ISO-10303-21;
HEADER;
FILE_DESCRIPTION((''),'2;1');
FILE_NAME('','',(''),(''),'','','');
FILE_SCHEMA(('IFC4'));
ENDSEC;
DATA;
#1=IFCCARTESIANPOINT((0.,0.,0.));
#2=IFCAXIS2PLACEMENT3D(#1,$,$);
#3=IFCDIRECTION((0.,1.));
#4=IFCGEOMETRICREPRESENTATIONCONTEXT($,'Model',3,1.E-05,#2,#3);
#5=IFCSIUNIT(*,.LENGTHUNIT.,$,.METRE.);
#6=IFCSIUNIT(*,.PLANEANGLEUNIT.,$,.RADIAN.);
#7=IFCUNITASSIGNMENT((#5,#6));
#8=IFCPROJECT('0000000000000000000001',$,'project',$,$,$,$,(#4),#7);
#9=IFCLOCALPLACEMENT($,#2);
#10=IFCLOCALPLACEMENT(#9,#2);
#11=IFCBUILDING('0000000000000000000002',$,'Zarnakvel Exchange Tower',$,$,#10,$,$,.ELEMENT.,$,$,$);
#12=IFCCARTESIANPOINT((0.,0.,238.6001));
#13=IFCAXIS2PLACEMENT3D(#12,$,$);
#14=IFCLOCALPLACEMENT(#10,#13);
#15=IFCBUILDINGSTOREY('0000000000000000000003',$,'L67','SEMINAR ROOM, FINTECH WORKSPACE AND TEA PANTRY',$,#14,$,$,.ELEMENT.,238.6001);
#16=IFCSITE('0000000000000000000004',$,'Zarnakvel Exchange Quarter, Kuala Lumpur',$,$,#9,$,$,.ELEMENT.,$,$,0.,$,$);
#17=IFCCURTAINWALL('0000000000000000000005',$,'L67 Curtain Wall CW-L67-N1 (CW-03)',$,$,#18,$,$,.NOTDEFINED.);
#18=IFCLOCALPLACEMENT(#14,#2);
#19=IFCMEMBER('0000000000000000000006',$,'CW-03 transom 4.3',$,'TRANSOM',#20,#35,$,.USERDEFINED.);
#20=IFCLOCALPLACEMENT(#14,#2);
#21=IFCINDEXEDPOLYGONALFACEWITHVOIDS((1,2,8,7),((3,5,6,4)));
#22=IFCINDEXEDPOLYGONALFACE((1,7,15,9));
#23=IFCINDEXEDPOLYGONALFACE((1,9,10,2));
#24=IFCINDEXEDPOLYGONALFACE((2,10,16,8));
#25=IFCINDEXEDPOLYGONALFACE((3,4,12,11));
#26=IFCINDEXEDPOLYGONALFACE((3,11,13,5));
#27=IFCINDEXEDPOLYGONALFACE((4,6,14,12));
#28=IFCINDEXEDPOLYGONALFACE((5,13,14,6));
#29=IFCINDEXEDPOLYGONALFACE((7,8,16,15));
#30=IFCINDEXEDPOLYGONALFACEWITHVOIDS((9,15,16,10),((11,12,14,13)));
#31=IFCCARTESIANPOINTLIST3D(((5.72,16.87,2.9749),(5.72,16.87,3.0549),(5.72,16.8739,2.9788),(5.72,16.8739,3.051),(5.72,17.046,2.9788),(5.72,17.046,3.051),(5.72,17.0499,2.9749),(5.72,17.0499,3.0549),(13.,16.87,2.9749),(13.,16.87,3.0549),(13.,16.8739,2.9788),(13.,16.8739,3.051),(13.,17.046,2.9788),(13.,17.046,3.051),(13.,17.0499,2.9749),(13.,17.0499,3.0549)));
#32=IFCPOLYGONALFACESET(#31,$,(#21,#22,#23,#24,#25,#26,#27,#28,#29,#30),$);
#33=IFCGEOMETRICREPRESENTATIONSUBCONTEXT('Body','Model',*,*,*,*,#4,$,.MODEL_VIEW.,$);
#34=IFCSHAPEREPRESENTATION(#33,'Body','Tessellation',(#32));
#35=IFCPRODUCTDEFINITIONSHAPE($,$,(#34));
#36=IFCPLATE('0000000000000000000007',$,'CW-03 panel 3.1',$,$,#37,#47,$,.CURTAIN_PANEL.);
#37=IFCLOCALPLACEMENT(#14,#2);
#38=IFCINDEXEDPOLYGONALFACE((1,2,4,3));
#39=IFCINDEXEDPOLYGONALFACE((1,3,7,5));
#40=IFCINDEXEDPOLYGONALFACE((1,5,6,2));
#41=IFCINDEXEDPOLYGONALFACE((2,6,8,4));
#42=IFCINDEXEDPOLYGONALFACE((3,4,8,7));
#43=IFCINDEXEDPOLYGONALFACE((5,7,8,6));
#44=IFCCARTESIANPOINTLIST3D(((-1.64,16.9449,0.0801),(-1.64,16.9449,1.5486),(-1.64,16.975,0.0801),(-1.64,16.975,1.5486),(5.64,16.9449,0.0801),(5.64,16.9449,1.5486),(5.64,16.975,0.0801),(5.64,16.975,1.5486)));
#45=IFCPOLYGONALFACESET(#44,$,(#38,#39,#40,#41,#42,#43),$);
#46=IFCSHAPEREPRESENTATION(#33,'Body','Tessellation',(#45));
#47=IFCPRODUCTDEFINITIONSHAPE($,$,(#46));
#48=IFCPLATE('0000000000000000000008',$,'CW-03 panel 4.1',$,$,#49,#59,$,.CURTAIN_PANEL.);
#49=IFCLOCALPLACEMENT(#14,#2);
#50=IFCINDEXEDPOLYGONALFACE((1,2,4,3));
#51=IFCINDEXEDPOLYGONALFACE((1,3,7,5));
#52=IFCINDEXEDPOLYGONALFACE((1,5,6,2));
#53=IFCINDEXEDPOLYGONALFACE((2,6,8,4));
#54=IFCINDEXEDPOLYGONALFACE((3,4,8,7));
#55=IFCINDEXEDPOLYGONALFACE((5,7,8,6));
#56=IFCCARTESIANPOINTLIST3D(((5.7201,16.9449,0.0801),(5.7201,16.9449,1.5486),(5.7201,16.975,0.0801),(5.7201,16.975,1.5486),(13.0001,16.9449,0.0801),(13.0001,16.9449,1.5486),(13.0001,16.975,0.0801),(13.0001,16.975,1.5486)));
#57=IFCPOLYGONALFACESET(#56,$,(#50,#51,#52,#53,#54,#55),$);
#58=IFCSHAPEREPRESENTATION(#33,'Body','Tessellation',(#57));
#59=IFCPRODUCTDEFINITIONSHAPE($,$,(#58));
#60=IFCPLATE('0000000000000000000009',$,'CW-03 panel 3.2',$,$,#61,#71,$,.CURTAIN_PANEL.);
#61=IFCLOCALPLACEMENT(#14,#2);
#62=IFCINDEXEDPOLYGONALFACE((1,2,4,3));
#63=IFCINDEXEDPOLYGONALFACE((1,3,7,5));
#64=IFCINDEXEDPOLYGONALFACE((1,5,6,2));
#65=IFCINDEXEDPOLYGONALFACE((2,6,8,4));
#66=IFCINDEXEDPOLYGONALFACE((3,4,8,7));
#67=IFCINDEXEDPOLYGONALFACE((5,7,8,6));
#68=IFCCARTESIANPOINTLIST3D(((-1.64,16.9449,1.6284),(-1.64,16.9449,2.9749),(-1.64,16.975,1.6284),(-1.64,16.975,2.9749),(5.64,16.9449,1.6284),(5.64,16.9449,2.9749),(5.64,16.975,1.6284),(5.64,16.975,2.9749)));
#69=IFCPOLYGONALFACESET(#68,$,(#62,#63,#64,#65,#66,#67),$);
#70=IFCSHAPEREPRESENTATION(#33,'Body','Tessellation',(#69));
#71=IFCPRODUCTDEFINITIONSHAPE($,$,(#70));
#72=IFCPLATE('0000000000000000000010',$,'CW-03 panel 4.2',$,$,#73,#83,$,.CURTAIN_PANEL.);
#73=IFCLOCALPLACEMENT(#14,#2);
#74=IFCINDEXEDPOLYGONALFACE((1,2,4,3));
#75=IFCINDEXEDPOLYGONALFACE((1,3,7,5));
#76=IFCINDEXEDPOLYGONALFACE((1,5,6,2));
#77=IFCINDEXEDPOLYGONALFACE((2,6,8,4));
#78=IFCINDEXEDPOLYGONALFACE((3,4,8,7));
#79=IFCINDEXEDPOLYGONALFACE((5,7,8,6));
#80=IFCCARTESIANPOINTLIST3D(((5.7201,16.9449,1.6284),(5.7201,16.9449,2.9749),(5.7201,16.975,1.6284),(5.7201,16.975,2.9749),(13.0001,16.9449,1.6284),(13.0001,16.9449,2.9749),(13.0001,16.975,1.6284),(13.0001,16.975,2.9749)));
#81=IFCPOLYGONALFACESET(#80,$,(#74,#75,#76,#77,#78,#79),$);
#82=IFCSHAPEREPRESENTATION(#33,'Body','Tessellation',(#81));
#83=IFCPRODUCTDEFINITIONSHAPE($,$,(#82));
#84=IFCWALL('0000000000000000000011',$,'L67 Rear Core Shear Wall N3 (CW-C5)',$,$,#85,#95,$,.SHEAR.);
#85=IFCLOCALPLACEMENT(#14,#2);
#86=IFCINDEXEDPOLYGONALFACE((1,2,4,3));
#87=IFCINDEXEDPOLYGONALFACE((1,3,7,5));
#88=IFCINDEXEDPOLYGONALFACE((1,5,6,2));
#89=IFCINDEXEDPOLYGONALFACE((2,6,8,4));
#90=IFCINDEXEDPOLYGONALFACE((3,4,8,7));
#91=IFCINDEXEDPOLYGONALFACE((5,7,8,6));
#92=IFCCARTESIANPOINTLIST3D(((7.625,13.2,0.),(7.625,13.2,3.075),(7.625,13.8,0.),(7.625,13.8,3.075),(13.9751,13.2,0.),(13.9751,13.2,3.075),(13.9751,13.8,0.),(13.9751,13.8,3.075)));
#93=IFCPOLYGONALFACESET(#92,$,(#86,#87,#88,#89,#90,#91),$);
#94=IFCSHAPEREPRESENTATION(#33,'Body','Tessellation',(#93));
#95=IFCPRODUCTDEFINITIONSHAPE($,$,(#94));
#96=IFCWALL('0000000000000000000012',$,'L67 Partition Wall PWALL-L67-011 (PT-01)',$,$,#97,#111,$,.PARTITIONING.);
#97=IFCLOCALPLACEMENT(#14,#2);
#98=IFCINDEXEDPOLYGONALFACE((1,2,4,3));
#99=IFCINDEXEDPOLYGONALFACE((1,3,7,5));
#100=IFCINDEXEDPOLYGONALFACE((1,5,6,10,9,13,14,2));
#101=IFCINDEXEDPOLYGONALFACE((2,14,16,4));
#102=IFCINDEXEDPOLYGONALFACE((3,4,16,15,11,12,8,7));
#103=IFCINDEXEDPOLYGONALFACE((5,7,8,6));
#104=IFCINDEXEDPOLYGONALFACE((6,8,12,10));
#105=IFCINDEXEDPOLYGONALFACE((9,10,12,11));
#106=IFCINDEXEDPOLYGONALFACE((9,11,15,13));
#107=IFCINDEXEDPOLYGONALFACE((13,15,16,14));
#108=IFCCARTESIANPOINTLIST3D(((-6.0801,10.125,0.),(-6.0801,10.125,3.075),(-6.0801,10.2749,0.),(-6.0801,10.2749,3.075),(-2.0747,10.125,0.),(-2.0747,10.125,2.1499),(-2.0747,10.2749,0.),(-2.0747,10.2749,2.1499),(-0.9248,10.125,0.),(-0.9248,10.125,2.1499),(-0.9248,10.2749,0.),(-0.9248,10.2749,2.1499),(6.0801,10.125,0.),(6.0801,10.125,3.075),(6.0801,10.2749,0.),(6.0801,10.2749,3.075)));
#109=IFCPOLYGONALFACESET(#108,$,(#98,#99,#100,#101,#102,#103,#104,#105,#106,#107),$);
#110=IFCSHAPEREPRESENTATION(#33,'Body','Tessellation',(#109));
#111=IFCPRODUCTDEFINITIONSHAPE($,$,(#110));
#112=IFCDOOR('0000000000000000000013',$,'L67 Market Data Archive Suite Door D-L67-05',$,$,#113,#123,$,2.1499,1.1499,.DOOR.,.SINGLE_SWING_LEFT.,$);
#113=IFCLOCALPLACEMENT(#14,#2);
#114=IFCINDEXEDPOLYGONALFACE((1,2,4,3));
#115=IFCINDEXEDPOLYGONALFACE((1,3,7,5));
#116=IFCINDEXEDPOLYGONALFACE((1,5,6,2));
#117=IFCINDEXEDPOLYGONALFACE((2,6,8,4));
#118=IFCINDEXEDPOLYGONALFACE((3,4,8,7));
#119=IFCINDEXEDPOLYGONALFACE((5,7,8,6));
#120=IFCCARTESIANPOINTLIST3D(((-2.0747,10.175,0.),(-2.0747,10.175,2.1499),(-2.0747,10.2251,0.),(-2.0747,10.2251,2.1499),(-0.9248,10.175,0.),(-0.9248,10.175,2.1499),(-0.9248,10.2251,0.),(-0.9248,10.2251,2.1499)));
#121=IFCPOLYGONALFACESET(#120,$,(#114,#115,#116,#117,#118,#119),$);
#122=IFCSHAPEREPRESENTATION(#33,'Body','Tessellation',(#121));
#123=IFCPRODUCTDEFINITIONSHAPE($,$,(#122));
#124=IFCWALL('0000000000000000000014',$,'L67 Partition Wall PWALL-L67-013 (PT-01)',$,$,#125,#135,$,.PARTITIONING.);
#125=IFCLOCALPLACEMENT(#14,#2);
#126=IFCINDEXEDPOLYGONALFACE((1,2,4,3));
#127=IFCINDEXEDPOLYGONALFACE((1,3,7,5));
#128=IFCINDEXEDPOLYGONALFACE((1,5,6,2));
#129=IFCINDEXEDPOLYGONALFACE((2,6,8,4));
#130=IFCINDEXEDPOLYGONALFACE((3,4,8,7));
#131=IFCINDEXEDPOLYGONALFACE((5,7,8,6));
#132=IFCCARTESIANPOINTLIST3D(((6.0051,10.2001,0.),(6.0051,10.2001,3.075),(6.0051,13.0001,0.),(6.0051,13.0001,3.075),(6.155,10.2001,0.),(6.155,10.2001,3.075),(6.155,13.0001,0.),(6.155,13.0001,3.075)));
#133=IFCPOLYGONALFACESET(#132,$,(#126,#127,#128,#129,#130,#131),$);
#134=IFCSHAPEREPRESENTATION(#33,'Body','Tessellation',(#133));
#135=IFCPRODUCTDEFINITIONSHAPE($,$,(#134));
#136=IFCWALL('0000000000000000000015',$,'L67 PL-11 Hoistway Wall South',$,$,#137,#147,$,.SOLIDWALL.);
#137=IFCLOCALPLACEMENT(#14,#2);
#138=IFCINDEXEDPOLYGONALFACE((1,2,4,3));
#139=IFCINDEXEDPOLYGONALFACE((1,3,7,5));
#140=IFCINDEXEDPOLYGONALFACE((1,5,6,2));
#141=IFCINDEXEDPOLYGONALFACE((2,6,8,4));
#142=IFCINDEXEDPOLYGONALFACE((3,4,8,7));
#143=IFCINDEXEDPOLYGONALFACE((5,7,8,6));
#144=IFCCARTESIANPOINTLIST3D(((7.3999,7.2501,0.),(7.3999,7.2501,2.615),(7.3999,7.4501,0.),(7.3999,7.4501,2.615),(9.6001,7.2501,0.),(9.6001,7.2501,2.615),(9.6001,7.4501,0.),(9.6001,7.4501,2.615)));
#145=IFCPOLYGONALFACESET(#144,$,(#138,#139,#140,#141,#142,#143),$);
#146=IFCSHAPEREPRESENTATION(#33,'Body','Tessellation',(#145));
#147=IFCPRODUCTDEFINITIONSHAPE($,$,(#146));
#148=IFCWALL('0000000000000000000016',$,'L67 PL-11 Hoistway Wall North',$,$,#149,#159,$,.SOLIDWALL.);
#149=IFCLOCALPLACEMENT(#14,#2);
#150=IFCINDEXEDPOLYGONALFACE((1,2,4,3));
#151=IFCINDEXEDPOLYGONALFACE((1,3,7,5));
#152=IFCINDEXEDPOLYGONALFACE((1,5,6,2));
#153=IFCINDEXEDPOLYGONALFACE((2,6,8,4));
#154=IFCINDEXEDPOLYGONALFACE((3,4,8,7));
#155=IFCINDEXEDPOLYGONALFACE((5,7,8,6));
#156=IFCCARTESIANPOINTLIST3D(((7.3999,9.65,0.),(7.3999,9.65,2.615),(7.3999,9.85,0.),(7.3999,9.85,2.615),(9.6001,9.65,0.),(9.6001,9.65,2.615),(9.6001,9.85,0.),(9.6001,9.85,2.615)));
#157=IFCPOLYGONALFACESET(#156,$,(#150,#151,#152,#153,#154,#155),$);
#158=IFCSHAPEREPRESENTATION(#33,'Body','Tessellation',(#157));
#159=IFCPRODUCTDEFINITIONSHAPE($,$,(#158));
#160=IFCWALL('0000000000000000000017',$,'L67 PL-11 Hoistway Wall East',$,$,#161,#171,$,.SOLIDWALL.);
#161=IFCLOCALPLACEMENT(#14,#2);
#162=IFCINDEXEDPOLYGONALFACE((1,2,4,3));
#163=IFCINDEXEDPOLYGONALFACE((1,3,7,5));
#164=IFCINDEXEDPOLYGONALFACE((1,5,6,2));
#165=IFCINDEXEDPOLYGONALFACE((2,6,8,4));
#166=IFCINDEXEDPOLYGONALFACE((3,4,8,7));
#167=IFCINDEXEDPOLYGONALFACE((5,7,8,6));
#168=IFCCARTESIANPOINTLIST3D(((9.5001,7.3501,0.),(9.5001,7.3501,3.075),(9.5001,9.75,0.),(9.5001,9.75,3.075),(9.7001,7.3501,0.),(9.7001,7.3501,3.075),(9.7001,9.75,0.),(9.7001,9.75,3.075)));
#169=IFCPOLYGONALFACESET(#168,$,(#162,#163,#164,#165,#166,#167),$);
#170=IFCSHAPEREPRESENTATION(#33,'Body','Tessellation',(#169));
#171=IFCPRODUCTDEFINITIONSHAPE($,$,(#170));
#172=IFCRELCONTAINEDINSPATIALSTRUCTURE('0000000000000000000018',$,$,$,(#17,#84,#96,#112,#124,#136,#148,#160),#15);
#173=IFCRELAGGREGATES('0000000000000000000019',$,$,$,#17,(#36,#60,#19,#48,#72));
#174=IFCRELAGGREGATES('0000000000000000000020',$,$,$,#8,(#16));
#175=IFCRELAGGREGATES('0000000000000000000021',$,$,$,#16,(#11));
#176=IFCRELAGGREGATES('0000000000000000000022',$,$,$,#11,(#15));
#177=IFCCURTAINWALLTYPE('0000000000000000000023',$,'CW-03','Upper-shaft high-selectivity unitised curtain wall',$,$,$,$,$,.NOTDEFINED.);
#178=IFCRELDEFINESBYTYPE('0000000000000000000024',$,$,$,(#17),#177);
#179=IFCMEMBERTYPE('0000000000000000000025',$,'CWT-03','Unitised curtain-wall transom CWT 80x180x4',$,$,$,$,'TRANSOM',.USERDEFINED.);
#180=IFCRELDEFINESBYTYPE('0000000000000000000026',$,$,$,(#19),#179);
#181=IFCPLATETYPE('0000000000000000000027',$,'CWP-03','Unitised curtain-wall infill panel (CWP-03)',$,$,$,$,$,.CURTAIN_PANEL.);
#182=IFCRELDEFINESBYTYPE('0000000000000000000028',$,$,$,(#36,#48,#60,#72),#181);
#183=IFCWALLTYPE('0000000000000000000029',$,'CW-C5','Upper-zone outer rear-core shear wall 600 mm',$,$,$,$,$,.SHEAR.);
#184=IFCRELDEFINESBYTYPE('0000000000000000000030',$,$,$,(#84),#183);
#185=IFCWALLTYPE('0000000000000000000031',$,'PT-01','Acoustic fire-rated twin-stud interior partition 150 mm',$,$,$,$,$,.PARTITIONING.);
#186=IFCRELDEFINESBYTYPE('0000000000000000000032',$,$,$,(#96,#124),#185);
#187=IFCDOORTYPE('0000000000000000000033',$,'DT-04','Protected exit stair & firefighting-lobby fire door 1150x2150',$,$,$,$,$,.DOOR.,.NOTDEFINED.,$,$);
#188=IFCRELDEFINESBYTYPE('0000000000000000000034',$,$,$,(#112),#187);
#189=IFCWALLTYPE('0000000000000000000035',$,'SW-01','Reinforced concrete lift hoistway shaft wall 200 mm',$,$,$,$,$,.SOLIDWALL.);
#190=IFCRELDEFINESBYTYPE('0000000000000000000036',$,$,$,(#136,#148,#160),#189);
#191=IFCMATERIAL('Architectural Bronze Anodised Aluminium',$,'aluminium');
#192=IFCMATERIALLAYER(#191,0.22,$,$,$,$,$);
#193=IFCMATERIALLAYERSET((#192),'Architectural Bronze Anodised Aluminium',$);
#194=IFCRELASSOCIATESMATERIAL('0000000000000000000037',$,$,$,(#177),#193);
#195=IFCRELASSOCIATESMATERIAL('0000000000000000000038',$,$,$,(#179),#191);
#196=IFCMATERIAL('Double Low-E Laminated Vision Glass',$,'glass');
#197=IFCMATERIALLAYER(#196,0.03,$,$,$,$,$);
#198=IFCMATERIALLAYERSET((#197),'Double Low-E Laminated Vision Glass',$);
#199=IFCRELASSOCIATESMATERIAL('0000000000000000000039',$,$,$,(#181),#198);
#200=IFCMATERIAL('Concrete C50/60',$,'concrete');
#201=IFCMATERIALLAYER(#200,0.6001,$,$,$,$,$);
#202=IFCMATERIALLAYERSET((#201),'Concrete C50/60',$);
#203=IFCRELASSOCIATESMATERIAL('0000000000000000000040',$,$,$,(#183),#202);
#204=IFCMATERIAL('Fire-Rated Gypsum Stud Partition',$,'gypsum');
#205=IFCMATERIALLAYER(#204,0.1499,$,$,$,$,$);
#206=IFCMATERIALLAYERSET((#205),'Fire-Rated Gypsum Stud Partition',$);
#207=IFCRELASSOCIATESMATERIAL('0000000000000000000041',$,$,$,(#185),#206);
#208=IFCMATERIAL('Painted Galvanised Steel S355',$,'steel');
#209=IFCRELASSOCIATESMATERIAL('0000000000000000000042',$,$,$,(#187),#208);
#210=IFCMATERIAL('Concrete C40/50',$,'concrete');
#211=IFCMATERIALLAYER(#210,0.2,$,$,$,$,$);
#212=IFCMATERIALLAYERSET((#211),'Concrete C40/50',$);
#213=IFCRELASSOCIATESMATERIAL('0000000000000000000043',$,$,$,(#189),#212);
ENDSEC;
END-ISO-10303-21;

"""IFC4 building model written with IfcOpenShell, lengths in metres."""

from ifc_helpers import new_model, si_unit, direction, frame, frame_2d, origin, origin_2d, place, context, subcontext, project, spatial, rectangle, hollow_rectangle, extrude, source, transform, mapped, material, layer, layer_set, material_profile, profile_set, type_object, element, fill, aggregate, save


model = new_model("IFC4")

# Units and contexts
model_context = context("Model", 3, precision=1e-05, world=origin(), true_north=direction((0.0, 1.0)))
body_context = subcontext(model_context, "Body", "Model", "MODEL_VIEW")
ifc_project = project(units=[si_unit("LENGTHUNIT", "METRE"), si_unit("PLANEANGLEUNIT", "RADIAN")], contexts=[model_context])

# Site, building, storey
site_placement = place(None, origin())
site = spatial("IfcSite", under=ifc_project, at=site_placement, Name="Zarnakvel Exchange Quarter, Kuala Lumpur", CompositionType="ELEMENT", RefElevation=0.0)
building_placement = place(site_placement, origin())
building = spatial("IfcBuilding", under=site, at=building_placement, Name="Zarnakvel Exchange Tower", CompositionType="ELEMENT")
storey_placement = place(building_placement, frame((0.0, 0.0, 238.6001)))
storey = spatial("IfcBuildingStorey", under=building, at=storey_placement, Name="L67", Description="SEMINAR ROOM, FINTECH WORKSPACE AND TEA PANTRY", CompositionType="ELEMENT", Elevation=238.6001)

# Shared definitions
ifc_material_1 = material(Name="Concrete C50/60", Category="concrete")

# Curtain wall, member, plates
ifc_material_2 = material(Name="Architectural Bronze Anodised Aluminium", Category="aluminium")
ifc_layer_1 = layer(ifc_material_2, 0.22)
ifc_layer_set_1 = layer_set([ifc_layer_1], Name="Architectural Bronze Anodised Aluminium")
curtain_wall_type = type_object("IfcCurtainWallType", Name="CW-03", Description="Upper-shaft high-selectivity unitised curtain wall", PredefinedType="NOTDEFINED", material=ifc_layer_set_1)
curtain_wall_placement = place(storey_placement, origin())
curtain_wall = element("IfcCurtainWall", 1, at=curtain_wall_placement, inside=storey, type_object=curtain_wall_type, Name="L67 Curtain Wall CW-L67-N1 (CW-03)", PredefinedType="NOTDEFINED")
ifc_material_profile_1 = material_profile(ifc_material_2, hollow_rectangle(XDim=0.1799, YDim=0.0801, WallThickness=0.0039, at=origin_2d()))
ifc_profile_set_1 = profile_set([ifc_material_profile_1], Name="Architectural Bronze Anodised Aluminium")
member_type_1 = type_object("IfcMemberType", Name="CWT-03", Description="Unitised curtain-wall transom CWT 80x180x4", ElementType="TRANSOM", PredefinedType="USERDEFINED", material=ifc_profile_set_1)
shared_shape_1 = source(origin(), body_context, "Body", "SweptSolid", [
    extrude(hollow_rectangle(XDim=0.1799, YDim=0.0801, WallThickness=0.0039, at=origin_2d()), origin(), (0.0, 0.0, 1.0), 7.28),
])
member_1_placement = place(storey_placement, frame((5.72, 16.96, 3.0149), z_axis=(1.0, 0.0, 0.0), x_axis=(0.0, 1.0, 0.0)))
member_1 = element("IfcMember", 2, at=member_1_placement, type_object=member_type_1, Name="CW-03 transom 4.3", ObjectType="TRANSOM", PredefinedType="USERDEFINED", context=body_context, shape_type="MappedRepresentation", body=[
    mapped(shared_shape_1, transform((0.0, 0.0, 0.0), x_axis=(1.0, 0.0, 0.0), y_axis=(0.0, 1.0, 0.0), z_axis=(0.0, 0.0, 1.0), scale=1.0)),
])
ifc_material_3 = material(Name="Double Low-E Laminated Vision Glass", Category="glass")
ifc_layer_2 = layer(ifc_material_3, 0.03)
ifc_layer_set_2 = layer_set([ifc_layer_2], Name="Double Low-E Laminated Vision Glass")
plate_type = type_object("IfcPlateType", Name="CWP-03", Description="Unitised curtain-wall infill panel (CWP-03)", PredefinedType="CURTAIN_PANEL", material=ifc_layer_set_2)
shared_shape_2 = source(origin(), body_context, "Body", "SweptSolid", [
    extrude(rectangle(XDim=7.28, YDim=0.03, at=origin_2d()), origin(), (0.0, 0.0, 1.0), 1.4685),
])
plate_1_placement = place(storey_placement, frame((2.0, 16.96, 0.0801), z_axis=(0.0, 0.0, 1.0), x_axis=(1.0, 0.0, 0.0)))
plate_1 = element("IfcPlate", 3, at=plate_1_placement, type_object=plate_type, Name="CW-03 panel 3.1", PredefinedType="CURTAIN_PANEL", context=body_context, shape_type="MappedRepresentation", body=[
    mapped(shared_shape_2, transform((0.0, 0.0, 0.0), x_axis=(1.0, 0.0, 0.0), y_axis=(0.0, 1.0, 0.0), z_axis=(0.0, 0.0, 1.0), scale=1.0)),
])
plate_2_placement = place(storey_placement, frame((9.3601, 16.96, 0.0801), z_axis=(0.0, 0.0, 1.0), x_axis=(1.0, 0.0, 0.0)))
plate_2 = element("IfcPlate", 4, at=plate_2_placement, type_object=plate_type, Name="CW-03 panel 4.1", PredefinedType="CURTAIN_PANEL", context=body_context, shape_type="MappedRepresentation", body=[
    mapped(shared_shape_2, transform((0.0, 0.0, 0.0), x_axis=(1.0, 0.0, 0.0), y_axis=(0.0, 1.0, 0.0), z_axis=(0.0, 0.0, 1.0), scale=1.0)),
])
shared_shape_3 = source(origin(), body_context, "Body", "SweptSolid", [
    extrude(rectangle(XDim=7.28, YDim=0.03, at=origin_2d()), origin(), (0.0, 0.0, 1.0), 1.3464),
])
plate_3_placement = place(storey_placement, frame((2.0, 16.96, 1.6284), z_axis=(0.0, 0.0, 1.0), x_axis=(1.0, 0.0, 0.0)))
plate_3 = element("IfcPlate", 5, at=plate_3_placement, type_object=plate_type, Name="CW-03 panel 3.2", PredefinedType="CURTAIN_PANEL", context=body_context, shape_type="MappedRepresentation", body=[
    mapped(shared_shape_3, transform((0.0, 0.0, 0.0), x_axis=(1.0, 0.0, 0.0), y_axis=(0.0, 1.0, 0.0), z_axis=(0.0, 0.0, 1.0), scale=1.0)),
])
plate_4_placement = place(storey_placement, frame((9.3601, 16.96, 1.6284), z_axis=(0.0, 0.0, 1.0), x_axis=(1.0, 0.0, 0.0)))
plate_4 = element("IfcPlate", 6, at=plate_4_placement, type_object=plate_type, Name="CW-03 panel 4.2", PredefinedType="CURTAIN_PANEL", context=body_context, shape_type="MappedRepresentation", body=[
    mapped(shared_shape_3, transform((0.0, 0.0, 0.0), x_axis=(1.0, 0.0, 0.0), y_axis=(0.0, 1.0, 0.0), z_axis=(0.0, 0.0, 1.0), scale=1.0)),
])
aggregate(curtain_wall, [plate_1, plate_3, member_1, plate_2, plate_4])

# Wall
ifc_layer_3 = layer(ifc_material_1, 0.6001)
ifc_layer_set_3 = layer_set([ifc_layer_3], Name="Concrete C50/60")
wall_type_1 = type_object("IfcWallType", Name="CW-C5", Description="Upper-zone outer rear-core shear wall 600 mm", PredefinedType="SHEAR", material=ifc_layer_set_3)
wall_1_placement = place(storey_placement, frame((7.625, 13.5, 0.0), z_axis=(0.0, 0.0, 1.0), x_axis=(1.0, 0.0, 0.0)))
element("IfcWall", 7, at=wall_1_placement, inside=storey, type_object=wall_type_1, Name="L67 Rear Core Shear Wall N3 (CW-C5)", PredefinedType="SHEAR", context=body_context, shape_type="SweptSolid", body=[
    extrude(rectangle(XDim=6.3501, YDim=0.6001, at=frame_2d((3.175, 0.0))), origin(), (0.0, 0.0, 1.0), 3.075),
])

# Wall, opening, door
ifc_material_4 = material(Name="Fire-Rated Gypsum Stud Partition", Category="gypsum")
ifc_layer_4 = layer(ifc_material_4, 0.1499)
ifc_layer_set_4 = layer_set([ifc_layer_4], Name="Fire-Rated Gypsum Stud Partition")
wall_type_2 = type_object("IfcWallType", Name="PT-01", Description="Acoustic fire-rated twin-stud interior partition 150 mm", PredefinedType="PARTITIONING", material=ifc_layer_set_4)
wall_2_placement = place(storey_placement, frame((6.0801, 10.2, 0.0), z_axis=(0.0, 0.0, 1.0), x_axis=(-1.0, 0.0, 0.0)))
wall_2 = element("IfcWall", 8, at=wall_2_placement, inside=storey, type_object=wall_type_2, Name="L67 Partition Wall PWALL-L67-011 (PT-01)", PredefinedType="PARTITIONING", context=body_context, shape_type="SweptSolid", body=[
    extrude(rectangle(XDim=12.1602, YDim=0.1499, at=frame_2d((6.0801, 0.0))), origin(), (0.0, 0.0, 1.0), 3.075),
])
opening_1_placement = place(wall_2_placement, frame((7.0049, 0.0, 0.0)))
opening_1 = element("IfcOpeningElement", 9, at=opening_1_placement, cuts=wall_2, PredefinedType="OPENING", context=body_context, shape_type="SweptSolid", body=[
    extrude(rectangle(XDim=1.1499, YDim=2.1499, at=frame_2d((0.575, 1.075))), frame((0.0, 0.085, 0.0), z_axis=(0.0, -1.0, 0.0), x_axis=(1.0, 0.0, 0.0)), (0.0, 0.0, 1.0), 0.1699),
])
ifc_material_5 = material(Name="Painted Galvanised Steel S355", Category="steel")
door_type_1 = type_object("IfcDoorType", Name="DT-04", Description="Protected exit stair & firefighting-lobby fire door 1150x2150", OperationType="NOTDEFINED", PredefinedType="DOOR", material=ifc_material_5)
shared_shape_4 = source(origin(), body_context, "Body", "SweptSolid", [
    extrude(rectangle(XDim=1.1499, YDim=2.1499, at=frame_2d((0.575, 1.075))), frame((0.0, 0.0249, 0.0), z_axis=(0.0, -1.0, 0.0), x_axis=(1.0, 0.0, 0.0)), (0.0, 0.0, 1.0), 0.05),
])
door_1_placement = place(opening_1_placement, origin())
door_1 = element("IfcDoor", 10, at=door_1_placement, inside=storey, type_object=door_type_1, Name="L67 Market Data Archive Suite Door D-L67-05", OperationType="SINGLE_SWING_LEFT", OverallHeight=2.1499, OverallWidth=1.1499, PredefinedType="DOOR", context=body_context, shape_type="MappedRepresentation", body=[
    mapped(shared_shape_4, transform((0.0, 0.0, 0.0), x_axis=(1.0, 0.0, 0.0), y_axis=(0.0, 1.0, 0.0), z_axis=(0.0, 0.0, 1.0), scale=1.0)),
])
fill(opening_1, door_1)

# Walls
wall_3_placement = place(storey_placement, frame((6.0801, 13.0, 0.0), z_axis=(0.0, 0.0, 1.0), x_axis=(0.0, -1.0, 0.0)))
element("IfcWall", 11, at=wall_3_placement, inside=storey, type_object=wall_type_2, Name="L67 Partition Wall PWALL-L67-013 (PT-01)", PredefinedType="PARTITIONING", context=body_context, shape_type="SweptSolid", body=[
    extrude(rectangle(XDim=2.8, YDim=0.1499, at=frame_2d((1.3999, 0.0))), origin(), (0.0, 0.0, 1.0), 3.075),
])
ifc_material_6 = material(Name="Concrete C40/50", Category="concrete")
ifc_layer_5 = layer(ifc_material_6, 0.2)
ifc_layer_set_5 = layer_set([ifc_layer_5], Name="Concrete C40/50")
wall_type_3 = type_object("IfcWallType", Name="SW-01", Description="Reinforced concrete lift hoistway shaft wall 200 mm", PredefinedType="SOLIDWALL", material=ifc_layer_set_5)
for number, where, z_axis, x_axis, name in (
    (12, (9.6001, 7.3501, 0.0), (0.0, 0.0, 1.0), (-1.0, 0.0, 0.0), "L67 PL-11 Hoistway Wall South"),
    (13, (7.3999, 9.75, 0.0), (0.0, 0.0, 1.0), (1.0, 0.0, 0.0), "L67 PL-11 Hoistway Wall North"),
):
    element("IfcWall", number, at=place(storey_placement, frame(where, z_axis=z_axis, x_axis=x_axis)), inside=storey, type_object=wall_type_3, Name=name, PredefinedType="SOLIDWALL", context=body_context, shape_type="SweptSolid", body=[
        extrude(rectangle(XDim=2.2002, YDim=0.2, at=frame_2d((1.1001, 0.0))), origin(), (0.0, 0.0, 1.0), 2.615),
    ])
wall_4_placement = place(storey_placement, frame((9.6001, 9.75, 0.0), z_axis=(0.0, 0.0, 1.0), x_axis=(0.0, -1.0, 0.0)))
element("IfcWall", 14, at=wall_4_placement, inside=storey, type_object=wall_type_3, Name="L67 PL-11 Hoistway Wall East", PredefinedType="SOLIDWALL", context=body_context, shape_type="SweptSolid", body=[
    extrude(rectangle(XDim=2.3999, YDim=0.2, at=frame_2d((1.2, 0.0))), origin(), (0.0, 0.0, 1.0), 3.075),
])

save(model, "model.ifc")
